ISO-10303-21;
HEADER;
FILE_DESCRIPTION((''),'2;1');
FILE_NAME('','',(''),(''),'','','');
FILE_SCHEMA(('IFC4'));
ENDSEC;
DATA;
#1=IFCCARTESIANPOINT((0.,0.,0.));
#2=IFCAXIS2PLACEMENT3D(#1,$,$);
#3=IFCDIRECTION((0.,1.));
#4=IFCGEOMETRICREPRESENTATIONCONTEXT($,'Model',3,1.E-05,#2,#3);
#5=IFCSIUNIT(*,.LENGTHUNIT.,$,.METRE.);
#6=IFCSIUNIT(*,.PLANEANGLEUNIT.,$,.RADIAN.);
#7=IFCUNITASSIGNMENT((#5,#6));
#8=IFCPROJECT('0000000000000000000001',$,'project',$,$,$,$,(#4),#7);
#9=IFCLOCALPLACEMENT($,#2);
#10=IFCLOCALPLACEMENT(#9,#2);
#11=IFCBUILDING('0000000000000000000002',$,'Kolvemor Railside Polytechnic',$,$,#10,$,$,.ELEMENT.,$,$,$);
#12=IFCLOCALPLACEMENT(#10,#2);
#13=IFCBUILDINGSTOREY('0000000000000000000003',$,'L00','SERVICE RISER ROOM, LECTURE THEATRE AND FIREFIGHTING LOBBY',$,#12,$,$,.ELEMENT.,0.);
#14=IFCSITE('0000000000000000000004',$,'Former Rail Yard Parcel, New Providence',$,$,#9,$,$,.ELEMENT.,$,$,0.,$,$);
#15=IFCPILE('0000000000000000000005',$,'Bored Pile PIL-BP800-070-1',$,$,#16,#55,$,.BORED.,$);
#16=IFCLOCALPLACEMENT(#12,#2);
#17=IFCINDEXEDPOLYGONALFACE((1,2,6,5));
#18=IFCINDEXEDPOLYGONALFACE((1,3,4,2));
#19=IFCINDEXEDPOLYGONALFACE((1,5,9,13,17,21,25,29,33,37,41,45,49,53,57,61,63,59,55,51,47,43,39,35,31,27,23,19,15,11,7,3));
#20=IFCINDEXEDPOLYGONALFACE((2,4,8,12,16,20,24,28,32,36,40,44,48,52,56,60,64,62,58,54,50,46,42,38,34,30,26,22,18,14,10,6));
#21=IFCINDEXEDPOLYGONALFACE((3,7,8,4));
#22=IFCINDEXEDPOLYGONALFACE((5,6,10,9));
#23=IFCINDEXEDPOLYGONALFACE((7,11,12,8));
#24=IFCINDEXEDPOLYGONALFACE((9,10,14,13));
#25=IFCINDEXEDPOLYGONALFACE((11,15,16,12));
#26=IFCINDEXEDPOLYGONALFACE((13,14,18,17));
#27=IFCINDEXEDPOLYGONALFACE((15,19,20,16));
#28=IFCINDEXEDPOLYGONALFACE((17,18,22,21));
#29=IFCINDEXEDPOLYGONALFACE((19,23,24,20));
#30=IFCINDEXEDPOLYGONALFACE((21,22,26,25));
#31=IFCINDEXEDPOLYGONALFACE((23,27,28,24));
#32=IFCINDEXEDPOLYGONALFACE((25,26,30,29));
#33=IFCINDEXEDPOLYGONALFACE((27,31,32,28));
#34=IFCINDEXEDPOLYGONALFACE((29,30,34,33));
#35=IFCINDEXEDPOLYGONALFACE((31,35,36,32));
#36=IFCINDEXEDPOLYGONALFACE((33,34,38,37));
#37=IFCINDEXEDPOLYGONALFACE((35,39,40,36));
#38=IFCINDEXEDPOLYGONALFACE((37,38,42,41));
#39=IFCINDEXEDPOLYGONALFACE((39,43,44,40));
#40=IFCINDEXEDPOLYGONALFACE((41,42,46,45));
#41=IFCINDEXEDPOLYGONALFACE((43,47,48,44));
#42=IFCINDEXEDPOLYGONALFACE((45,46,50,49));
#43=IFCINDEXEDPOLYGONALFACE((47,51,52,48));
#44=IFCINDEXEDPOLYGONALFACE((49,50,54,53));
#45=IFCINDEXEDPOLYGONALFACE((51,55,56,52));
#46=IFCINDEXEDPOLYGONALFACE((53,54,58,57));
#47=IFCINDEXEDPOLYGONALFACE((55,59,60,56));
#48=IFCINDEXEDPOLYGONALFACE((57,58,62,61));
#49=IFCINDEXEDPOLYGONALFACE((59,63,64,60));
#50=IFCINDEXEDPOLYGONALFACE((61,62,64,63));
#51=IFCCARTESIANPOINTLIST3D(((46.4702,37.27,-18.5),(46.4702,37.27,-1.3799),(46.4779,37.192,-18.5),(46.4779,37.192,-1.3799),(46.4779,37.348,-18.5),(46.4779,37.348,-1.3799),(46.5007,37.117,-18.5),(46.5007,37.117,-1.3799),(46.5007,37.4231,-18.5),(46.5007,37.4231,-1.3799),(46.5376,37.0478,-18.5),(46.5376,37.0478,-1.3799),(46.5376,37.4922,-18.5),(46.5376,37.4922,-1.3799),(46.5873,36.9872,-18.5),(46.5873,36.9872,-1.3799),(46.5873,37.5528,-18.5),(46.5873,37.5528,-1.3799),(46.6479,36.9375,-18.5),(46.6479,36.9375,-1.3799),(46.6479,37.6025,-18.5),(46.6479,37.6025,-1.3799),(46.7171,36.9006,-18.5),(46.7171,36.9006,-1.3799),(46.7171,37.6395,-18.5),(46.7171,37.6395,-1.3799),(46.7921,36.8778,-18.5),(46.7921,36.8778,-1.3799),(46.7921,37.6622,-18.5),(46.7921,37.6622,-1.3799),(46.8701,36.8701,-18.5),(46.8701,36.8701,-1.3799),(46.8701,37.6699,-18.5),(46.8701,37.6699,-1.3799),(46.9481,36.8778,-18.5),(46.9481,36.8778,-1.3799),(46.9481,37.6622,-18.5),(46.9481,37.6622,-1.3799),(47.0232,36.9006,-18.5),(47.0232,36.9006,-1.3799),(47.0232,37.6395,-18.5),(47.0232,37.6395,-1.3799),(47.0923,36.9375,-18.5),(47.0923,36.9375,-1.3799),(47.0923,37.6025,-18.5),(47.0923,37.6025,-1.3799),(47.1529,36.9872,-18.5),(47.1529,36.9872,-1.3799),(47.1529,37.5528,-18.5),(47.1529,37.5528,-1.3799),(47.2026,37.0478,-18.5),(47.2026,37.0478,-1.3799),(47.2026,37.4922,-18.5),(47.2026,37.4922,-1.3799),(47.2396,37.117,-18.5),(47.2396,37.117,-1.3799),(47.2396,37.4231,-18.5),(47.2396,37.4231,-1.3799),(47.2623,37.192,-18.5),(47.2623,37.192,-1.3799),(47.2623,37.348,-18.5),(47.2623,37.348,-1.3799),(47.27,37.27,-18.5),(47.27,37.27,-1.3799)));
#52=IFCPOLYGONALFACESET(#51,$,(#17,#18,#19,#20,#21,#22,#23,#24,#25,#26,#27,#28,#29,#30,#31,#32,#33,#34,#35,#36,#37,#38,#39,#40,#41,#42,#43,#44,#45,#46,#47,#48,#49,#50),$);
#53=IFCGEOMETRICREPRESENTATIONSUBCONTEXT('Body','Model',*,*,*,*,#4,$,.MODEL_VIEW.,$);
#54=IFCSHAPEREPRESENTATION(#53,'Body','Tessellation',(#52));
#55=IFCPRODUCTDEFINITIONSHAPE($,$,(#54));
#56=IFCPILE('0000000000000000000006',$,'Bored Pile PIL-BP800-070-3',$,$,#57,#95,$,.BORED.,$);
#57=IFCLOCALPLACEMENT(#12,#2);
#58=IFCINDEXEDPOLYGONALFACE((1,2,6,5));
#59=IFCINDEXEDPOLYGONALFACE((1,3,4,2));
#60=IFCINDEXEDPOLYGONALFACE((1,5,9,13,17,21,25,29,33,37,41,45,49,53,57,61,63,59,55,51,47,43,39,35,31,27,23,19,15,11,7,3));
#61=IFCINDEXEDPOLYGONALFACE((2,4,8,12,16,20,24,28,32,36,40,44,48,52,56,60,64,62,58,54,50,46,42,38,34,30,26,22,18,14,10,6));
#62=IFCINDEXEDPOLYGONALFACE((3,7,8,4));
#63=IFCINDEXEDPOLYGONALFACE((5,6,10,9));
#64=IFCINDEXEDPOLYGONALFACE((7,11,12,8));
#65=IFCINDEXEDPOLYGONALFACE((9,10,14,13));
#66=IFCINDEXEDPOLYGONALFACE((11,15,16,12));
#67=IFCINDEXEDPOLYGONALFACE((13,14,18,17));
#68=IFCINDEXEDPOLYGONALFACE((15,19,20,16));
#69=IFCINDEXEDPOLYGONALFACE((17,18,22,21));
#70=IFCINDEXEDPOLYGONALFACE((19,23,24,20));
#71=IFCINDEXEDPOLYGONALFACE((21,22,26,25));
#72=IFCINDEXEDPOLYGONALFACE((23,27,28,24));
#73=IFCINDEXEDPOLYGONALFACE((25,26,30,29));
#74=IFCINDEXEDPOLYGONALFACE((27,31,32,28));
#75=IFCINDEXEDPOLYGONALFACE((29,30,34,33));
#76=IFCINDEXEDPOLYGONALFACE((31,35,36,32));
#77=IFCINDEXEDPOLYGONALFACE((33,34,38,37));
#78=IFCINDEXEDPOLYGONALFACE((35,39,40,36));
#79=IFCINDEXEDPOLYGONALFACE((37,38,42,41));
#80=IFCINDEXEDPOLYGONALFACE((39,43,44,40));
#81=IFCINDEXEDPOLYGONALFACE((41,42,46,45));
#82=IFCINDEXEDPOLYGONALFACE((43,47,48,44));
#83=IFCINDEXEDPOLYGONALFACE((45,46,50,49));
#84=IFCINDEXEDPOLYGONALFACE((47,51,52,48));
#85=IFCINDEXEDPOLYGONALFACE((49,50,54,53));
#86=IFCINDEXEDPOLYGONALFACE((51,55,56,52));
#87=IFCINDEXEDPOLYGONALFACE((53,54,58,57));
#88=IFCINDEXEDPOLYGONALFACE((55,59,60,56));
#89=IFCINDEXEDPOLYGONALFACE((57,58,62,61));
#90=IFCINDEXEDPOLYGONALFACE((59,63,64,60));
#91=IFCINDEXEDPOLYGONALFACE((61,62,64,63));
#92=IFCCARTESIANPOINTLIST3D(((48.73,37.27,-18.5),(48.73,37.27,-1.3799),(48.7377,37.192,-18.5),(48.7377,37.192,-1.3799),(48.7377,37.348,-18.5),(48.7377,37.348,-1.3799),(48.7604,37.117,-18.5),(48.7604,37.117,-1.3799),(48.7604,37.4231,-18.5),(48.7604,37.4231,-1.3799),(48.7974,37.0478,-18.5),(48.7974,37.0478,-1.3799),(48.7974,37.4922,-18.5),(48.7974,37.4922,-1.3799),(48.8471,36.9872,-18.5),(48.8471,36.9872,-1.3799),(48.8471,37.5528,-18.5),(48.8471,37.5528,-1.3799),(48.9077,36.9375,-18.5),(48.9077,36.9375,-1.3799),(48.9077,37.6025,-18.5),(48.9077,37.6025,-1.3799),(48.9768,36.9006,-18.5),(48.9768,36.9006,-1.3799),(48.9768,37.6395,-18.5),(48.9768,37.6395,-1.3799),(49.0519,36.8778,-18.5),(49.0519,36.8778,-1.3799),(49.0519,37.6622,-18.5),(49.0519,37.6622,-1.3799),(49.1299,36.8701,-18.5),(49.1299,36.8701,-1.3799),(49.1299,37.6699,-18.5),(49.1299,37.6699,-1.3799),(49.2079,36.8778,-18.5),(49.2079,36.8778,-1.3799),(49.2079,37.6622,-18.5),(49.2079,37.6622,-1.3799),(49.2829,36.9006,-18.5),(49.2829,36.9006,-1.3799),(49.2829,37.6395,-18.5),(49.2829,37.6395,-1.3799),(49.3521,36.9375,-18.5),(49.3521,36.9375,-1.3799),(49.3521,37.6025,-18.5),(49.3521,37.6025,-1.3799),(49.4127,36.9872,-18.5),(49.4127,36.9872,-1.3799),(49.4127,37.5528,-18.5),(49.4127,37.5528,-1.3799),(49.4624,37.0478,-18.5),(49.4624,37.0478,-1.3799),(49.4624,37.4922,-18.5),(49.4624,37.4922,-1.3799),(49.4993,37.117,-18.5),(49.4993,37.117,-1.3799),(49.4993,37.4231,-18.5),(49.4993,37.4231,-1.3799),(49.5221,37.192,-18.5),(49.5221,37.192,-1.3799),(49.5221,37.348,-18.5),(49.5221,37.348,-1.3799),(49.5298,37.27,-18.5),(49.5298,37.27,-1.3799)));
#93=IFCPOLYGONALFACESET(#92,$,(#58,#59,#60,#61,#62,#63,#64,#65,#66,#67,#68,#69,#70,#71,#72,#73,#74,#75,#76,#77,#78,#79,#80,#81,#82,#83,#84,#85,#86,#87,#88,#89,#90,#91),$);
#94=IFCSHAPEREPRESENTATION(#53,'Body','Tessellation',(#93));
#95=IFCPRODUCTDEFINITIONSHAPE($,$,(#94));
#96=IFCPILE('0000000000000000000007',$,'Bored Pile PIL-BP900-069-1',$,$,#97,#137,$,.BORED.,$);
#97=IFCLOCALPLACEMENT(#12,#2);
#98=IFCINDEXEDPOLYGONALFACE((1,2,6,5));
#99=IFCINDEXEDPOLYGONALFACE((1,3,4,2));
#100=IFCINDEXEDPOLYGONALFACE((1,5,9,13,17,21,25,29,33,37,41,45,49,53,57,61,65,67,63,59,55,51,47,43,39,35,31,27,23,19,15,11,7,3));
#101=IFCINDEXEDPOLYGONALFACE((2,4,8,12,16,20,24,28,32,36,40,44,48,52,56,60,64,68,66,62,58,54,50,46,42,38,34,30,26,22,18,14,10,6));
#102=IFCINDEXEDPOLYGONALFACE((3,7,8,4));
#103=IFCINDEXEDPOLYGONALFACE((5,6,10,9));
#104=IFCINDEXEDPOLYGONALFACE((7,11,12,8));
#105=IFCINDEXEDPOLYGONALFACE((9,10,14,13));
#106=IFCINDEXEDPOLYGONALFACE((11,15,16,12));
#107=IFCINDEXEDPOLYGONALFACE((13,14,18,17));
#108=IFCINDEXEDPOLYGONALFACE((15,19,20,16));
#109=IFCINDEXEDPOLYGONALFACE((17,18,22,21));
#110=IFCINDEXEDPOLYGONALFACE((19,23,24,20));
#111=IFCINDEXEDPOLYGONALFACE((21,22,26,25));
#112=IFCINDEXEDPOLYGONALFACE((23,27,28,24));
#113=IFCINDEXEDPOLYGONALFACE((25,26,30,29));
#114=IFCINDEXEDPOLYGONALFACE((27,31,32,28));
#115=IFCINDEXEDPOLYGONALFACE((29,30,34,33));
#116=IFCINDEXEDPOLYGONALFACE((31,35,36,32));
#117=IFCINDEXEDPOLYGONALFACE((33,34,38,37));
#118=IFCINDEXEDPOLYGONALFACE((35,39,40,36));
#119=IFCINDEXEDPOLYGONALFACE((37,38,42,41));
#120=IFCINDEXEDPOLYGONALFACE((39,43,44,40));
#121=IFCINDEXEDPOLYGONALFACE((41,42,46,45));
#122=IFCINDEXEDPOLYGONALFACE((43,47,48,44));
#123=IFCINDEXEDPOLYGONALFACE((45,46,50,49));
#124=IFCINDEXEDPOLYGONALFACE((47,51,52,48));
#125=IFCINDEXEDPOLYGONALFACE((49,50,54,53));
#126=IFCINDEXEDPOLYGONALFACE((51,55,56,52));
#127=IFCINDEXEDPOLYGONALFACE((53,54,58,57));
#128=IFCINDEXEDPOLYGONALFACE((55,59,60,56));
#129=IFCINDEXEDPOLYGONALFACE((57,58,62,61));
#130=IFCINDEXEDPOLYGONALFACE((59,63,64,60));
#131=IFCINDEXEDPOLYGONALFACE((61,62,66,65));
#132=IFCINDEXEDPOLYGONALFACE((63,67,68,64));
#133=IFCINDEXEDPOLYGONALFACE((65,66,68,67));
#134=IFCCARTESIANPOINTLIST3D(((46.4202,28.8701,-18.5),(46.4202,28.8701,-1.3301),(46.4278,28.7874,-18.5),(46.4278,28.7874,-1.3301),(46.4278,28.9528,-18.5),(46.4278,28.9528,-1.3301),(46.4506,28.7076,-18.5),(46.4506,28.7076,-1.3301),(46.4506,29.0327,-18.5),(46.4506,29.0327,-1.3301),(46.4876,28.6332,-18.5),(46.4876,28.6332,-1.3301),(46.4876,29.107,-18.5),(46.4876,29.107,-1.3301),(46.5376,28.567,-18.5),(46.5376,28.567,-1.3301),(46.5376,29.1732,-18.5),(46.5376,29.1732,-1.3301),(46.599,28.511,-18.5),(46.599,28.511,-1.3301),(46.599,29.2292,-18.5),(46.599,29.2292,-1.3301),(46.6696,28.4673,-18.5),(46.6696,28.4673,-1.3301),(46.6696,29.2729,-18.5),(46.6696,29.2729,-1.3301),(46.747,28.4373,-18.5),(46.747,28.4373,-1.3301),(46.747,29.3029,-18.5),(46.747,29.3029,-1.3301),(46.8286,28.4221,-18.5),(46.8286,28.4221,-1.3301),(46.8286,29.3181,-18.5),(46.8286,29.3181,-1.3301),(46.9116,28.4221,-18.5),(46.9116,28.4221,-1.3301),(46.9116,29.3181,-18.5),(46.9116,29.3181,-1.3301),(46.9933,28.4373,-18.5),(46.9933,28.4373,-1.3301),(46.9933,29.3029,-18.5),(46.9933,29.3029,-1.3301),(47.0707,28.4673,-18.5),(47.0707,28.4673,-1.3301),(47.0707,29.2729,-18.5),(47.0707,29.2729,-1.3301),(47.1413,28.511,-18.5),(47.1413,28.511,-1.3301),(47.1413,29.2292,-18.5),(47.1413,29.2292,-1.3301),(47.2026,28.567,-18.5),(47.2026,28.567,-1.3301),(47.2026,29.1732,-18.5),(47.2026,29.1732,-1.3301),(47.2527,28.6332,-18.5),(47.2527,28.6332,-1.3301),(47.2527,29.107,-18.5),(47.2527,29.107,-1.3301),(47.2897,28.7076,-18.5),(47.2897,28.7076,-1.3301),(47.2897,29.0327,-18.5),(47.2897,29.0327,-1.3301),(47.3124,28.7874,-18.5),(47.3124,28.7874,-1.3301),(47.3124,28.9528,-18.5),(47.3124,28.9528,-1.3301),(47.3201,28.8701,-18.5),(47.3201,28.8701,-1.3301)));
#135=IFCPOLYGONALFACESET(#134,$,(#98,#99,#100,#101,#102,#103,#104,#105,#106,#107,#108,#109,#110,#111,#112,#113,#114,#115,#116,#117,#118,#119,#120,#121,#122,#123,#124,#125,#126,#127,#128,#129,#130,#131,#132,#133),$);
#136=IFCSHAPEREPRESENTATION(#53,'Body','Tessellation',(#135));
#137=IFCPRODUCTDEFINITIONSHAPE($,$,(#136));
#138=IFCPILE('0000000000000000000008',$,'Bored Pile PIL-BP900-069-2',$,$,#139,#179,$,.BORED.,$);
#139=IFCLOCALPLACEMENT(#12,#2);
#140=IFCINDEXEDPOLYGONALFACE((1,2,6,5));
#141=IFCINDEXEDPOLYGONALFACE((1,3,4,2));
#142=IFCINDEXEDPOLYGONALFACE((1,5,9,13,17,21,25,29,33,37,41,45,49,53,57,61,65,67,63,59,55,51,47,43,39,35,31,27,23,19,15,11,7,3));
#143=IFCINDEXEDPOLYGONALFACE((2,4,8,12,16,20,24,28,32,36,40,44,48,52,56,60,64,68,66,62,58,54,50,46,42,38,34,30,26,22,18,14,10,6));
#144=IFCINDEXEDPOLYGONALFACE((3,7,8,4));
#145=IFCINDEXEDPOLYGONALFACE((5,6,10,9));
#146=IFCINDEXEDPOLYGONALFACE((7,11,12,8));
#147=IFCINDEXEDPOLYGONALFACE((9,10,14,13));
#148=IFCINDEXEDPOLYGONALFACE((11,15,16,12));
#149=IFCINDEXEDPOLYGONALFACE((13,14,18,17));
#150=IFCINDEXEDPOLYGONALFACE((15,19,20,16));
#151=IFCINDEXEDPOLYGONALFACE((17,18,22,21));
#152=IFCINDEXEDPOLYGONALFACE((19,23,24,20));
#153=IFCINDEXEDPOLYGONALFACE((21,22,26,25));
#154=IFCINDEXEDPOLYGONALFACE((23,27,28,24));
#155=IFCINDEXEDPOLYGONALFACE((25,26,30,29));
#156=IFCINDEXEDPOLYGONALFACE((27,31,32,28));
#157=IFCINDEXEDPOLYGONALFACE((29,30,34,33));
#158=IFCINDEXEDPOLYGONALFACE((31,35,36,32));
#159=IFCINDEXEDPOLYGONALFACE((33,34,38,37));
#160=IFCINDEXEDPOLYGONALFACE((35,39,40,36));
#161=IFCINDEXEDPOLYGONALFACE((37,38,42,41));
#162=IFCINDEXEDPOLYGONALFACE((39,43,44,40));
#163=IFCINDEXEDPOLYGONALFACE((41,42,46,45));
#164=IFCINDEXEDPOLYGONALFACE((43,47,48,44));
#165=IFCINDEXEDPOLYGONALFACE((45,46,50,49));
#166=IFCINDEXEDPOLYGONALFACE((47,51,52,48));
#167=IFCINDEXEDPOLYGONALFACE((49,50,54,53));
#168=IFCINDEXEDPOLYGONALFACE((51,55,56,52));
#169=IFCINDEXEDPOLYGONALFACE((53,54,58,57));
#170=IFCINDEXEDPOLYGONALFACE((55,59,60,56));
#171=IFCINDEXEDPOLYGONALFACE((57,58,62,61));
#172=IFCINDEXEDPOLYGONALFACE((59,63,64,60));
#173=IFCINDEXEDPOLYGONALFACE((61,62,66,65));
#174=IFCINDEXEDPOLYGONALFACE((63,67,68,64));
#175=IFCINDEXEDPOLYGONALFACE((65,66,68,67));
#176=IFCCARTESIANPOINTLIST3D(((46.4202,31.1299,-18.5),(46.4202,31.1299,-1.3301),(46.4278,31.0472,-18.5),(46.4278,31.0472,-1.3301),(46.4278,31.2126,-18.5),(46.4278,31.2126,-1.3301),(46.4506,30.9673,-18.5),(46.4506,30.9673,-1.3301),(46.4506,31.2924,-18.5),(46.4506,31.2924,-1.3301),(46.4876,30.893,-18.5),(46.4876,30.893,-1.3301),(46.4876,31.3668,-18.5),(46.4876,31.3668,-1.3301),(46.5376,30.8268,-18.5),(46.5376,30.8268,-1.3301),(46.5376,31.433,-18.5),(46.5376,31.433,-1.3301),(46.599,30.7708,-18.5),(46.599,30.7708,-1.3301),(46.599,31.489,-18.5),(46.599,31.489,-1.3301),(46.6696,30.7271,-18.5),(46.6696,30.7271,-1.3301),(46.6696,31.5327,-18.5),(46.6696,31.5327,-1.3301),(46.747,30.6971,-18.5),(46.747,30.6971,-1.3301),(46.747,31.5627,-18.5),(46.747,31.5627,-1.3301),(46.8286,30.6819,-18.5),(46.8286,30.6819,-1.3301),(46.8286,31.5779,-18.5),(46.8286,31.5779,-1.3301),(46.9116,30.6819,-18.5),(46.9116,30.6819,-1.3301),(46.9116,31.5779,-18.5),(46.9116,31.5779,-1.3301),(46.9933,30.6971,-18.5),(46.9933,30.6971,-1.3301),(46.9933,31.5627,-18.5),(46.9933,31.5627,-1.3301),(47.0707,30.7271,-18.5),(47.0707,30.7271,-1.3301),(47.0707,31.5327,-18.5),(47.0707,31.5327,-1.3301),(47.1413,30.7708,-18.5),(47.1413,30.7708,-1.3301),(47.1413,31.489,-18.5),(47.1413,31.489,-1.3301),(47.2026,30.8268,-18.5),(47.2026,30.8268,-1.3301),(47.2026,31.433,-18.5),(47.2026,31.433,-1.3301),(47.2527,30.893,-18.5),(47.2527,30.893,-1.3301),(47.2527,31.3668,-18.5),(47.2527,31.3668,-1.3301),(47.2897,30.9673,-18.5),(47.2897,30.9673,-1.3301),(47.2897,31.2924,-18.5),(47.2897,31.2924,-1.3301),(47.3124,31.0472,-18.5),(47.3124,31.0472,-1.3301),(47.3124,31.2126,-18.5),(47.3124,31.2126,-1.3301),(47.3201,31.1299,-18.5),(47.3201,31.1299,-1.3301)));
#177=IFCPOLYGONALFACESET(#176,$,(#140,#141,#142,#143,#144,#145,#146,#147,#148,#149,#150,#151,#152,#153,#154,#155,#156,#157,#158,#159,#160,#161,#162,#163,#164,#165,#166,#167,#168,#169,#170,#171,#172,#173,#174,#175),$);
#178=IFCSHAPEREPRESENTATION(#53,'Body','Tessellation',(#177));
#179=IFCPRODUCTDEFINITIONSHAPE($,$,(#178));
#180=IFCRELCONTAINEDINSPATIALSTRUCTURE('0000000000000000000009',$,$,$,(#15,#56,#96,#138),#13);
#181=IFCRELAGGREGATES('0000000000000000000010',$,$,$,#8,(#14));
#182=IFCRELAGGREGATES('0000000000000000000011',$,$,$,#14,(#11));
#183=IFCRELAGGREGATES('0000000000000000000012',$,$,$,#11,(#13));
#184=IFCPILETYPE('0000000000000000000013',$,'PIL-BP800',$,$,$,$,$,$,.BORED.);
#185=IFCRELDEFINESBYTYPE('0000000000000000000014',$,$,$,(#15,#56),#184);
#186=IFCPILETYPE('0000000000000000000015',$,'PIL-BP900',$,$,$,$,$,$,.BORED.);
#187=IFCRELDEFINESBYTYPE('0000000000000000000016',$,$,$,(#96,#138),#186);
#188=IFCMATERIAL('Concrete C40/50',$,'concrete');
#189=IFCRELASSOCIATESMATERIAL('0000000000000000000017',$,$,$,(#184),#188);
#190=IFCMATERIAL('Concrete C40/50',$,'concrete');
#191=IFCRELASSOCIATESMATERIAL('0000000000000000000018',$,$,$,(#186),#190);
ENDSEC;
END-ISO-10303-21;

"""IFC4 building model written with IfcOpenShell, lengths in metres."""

from ifc_helpers import new_model, si_unit, direction, frame, origin, origin_2d, place, context, subcontext, project, spatial, circle, extrude, material, material_profile, profile_set, type_object, element, save


model = new_model("IFC4")

# Units and contexts
model_context = context("Model", 3, precision=1e-05, world=origin(), true_north=direction((0.0, 1.0)))
body_context = subcontext(model_context, "Body", "Model", "MODEL_VIEW")
ifc_project = project(units=[si_unit("LENGTHUNIT", "METRE"), si_unit("PLANEANGLEUNIT", "RADIAN")], contexts=[model_context])

# Site, building, storey
site_placement = place(None, origin())
site = spatial("IfcSite", under=ifc_project, at=site_placement, Name="Former Rail Yard Parcel, New Providence", CompositionType="ELEMENT", RefElevation=0.0)
building_placement = place(site_placement, origin())
building = spatial("IfcBuilding", under=site, at=building_placement, Name="Kolvemor Railside Polytechnic", CompositionType="ELEMENT")
storey_placement = place(building_placement, origin())
storey = spatial("IfcBuildingStorey", under=building, at=storey_placement, Name="L00", Description="SERVICE RISER ROOM, LECTURE THEATRE AND FIREFIGHTING LOBBY", CompositionType="ELEMENT", Elevation=0.0)

# Piles
ifc_material_1 = material(Name="Concrete C40/50", Category="concrete")
ifc_material_profile_1 = material_profile(ifc_material_1, circle(Radius=0.3999, at=origin_2d()), Name="BP800")
ifc_profile_set_1 = profile_set([ifc_material_profile_1], Name="Concrete C40/50")
pile_type_1 = type_object("IfcPileType", Name="PIL-BP800", PredefinedType="BORED", material=ifc_profile_set_1)
for number, where, z_axis, x_axis, name in (
    (1, (46.8701, 37.27, -1.3799), (0.0, 0.0, -1.0), (1.0, 0.0, 0.0), "Bored Pile PIL-BP800-070-1"),
    (2, (49.1299, 37.27, -1.3799), (0.0, 0.0, -1.0), (1.0, 0.0, 0.0), "Bored Pile PIL-BP800-070-3"),
):
    element("IfcPile", number, at=place(storey_placement, frame(where, z_axis=z_axis, x_axis=x_axis)), inside=storey, type_object=pile_type_1, Name=name, PredefinedType="BORED", context=body_context, shape_type="SweptSolid", body=[
        extrude(circle(Radius=0.3999, at=origin_2d()), origin(), (0.0, 0.0, 1.0), 17.1201),
    ])
ifc_material_2 = material(Name="Concrete C40/50", Category="concrete")
ifc_material_profile_2 = material_profile(ifc_material_2, circle(Radius=0.45, at=origin_2d()), Name="BP900")
ifc_profile_set_2 = profile_set([ifc_material_profile_2], Name="Concrete C40/50")
pile_type_2 = type_object("IfcPileType", Name="PIL-BP900", PredefinedType="BORED", material=ifc_profile_set_2)
for number, where, z_axis, x_axis, name in (
    (3, (46.8701, 28.8701, -1.3301), (0.0, 0.0, -1.0), (1.0, 0.0, 0.0), "Bored Pile PIL-BP900-069-1"),
    (4, (46.8701, 31.1299, -1.3301), (0.0, 0.0, -1.0), (1.0, 0.0, 0.0), "Bored Pile PIL-BP900-069-2"),
):
    element("IfcPile", number, at=place(storey_placement, frame(where, z_axis=z_axis, x_axis=x_axis)), inside=storey, type_object=pile_type_2, Name=name, PredefinedType="BORED", context=body_context, shape_type="SweptSolid", body=[
        extrude(circle(Radius=0.45, at=origin_2d()), origin(), (0.0, 0.0, 1.0), 17.1699),
    ])

save(model, "model.ifc")
